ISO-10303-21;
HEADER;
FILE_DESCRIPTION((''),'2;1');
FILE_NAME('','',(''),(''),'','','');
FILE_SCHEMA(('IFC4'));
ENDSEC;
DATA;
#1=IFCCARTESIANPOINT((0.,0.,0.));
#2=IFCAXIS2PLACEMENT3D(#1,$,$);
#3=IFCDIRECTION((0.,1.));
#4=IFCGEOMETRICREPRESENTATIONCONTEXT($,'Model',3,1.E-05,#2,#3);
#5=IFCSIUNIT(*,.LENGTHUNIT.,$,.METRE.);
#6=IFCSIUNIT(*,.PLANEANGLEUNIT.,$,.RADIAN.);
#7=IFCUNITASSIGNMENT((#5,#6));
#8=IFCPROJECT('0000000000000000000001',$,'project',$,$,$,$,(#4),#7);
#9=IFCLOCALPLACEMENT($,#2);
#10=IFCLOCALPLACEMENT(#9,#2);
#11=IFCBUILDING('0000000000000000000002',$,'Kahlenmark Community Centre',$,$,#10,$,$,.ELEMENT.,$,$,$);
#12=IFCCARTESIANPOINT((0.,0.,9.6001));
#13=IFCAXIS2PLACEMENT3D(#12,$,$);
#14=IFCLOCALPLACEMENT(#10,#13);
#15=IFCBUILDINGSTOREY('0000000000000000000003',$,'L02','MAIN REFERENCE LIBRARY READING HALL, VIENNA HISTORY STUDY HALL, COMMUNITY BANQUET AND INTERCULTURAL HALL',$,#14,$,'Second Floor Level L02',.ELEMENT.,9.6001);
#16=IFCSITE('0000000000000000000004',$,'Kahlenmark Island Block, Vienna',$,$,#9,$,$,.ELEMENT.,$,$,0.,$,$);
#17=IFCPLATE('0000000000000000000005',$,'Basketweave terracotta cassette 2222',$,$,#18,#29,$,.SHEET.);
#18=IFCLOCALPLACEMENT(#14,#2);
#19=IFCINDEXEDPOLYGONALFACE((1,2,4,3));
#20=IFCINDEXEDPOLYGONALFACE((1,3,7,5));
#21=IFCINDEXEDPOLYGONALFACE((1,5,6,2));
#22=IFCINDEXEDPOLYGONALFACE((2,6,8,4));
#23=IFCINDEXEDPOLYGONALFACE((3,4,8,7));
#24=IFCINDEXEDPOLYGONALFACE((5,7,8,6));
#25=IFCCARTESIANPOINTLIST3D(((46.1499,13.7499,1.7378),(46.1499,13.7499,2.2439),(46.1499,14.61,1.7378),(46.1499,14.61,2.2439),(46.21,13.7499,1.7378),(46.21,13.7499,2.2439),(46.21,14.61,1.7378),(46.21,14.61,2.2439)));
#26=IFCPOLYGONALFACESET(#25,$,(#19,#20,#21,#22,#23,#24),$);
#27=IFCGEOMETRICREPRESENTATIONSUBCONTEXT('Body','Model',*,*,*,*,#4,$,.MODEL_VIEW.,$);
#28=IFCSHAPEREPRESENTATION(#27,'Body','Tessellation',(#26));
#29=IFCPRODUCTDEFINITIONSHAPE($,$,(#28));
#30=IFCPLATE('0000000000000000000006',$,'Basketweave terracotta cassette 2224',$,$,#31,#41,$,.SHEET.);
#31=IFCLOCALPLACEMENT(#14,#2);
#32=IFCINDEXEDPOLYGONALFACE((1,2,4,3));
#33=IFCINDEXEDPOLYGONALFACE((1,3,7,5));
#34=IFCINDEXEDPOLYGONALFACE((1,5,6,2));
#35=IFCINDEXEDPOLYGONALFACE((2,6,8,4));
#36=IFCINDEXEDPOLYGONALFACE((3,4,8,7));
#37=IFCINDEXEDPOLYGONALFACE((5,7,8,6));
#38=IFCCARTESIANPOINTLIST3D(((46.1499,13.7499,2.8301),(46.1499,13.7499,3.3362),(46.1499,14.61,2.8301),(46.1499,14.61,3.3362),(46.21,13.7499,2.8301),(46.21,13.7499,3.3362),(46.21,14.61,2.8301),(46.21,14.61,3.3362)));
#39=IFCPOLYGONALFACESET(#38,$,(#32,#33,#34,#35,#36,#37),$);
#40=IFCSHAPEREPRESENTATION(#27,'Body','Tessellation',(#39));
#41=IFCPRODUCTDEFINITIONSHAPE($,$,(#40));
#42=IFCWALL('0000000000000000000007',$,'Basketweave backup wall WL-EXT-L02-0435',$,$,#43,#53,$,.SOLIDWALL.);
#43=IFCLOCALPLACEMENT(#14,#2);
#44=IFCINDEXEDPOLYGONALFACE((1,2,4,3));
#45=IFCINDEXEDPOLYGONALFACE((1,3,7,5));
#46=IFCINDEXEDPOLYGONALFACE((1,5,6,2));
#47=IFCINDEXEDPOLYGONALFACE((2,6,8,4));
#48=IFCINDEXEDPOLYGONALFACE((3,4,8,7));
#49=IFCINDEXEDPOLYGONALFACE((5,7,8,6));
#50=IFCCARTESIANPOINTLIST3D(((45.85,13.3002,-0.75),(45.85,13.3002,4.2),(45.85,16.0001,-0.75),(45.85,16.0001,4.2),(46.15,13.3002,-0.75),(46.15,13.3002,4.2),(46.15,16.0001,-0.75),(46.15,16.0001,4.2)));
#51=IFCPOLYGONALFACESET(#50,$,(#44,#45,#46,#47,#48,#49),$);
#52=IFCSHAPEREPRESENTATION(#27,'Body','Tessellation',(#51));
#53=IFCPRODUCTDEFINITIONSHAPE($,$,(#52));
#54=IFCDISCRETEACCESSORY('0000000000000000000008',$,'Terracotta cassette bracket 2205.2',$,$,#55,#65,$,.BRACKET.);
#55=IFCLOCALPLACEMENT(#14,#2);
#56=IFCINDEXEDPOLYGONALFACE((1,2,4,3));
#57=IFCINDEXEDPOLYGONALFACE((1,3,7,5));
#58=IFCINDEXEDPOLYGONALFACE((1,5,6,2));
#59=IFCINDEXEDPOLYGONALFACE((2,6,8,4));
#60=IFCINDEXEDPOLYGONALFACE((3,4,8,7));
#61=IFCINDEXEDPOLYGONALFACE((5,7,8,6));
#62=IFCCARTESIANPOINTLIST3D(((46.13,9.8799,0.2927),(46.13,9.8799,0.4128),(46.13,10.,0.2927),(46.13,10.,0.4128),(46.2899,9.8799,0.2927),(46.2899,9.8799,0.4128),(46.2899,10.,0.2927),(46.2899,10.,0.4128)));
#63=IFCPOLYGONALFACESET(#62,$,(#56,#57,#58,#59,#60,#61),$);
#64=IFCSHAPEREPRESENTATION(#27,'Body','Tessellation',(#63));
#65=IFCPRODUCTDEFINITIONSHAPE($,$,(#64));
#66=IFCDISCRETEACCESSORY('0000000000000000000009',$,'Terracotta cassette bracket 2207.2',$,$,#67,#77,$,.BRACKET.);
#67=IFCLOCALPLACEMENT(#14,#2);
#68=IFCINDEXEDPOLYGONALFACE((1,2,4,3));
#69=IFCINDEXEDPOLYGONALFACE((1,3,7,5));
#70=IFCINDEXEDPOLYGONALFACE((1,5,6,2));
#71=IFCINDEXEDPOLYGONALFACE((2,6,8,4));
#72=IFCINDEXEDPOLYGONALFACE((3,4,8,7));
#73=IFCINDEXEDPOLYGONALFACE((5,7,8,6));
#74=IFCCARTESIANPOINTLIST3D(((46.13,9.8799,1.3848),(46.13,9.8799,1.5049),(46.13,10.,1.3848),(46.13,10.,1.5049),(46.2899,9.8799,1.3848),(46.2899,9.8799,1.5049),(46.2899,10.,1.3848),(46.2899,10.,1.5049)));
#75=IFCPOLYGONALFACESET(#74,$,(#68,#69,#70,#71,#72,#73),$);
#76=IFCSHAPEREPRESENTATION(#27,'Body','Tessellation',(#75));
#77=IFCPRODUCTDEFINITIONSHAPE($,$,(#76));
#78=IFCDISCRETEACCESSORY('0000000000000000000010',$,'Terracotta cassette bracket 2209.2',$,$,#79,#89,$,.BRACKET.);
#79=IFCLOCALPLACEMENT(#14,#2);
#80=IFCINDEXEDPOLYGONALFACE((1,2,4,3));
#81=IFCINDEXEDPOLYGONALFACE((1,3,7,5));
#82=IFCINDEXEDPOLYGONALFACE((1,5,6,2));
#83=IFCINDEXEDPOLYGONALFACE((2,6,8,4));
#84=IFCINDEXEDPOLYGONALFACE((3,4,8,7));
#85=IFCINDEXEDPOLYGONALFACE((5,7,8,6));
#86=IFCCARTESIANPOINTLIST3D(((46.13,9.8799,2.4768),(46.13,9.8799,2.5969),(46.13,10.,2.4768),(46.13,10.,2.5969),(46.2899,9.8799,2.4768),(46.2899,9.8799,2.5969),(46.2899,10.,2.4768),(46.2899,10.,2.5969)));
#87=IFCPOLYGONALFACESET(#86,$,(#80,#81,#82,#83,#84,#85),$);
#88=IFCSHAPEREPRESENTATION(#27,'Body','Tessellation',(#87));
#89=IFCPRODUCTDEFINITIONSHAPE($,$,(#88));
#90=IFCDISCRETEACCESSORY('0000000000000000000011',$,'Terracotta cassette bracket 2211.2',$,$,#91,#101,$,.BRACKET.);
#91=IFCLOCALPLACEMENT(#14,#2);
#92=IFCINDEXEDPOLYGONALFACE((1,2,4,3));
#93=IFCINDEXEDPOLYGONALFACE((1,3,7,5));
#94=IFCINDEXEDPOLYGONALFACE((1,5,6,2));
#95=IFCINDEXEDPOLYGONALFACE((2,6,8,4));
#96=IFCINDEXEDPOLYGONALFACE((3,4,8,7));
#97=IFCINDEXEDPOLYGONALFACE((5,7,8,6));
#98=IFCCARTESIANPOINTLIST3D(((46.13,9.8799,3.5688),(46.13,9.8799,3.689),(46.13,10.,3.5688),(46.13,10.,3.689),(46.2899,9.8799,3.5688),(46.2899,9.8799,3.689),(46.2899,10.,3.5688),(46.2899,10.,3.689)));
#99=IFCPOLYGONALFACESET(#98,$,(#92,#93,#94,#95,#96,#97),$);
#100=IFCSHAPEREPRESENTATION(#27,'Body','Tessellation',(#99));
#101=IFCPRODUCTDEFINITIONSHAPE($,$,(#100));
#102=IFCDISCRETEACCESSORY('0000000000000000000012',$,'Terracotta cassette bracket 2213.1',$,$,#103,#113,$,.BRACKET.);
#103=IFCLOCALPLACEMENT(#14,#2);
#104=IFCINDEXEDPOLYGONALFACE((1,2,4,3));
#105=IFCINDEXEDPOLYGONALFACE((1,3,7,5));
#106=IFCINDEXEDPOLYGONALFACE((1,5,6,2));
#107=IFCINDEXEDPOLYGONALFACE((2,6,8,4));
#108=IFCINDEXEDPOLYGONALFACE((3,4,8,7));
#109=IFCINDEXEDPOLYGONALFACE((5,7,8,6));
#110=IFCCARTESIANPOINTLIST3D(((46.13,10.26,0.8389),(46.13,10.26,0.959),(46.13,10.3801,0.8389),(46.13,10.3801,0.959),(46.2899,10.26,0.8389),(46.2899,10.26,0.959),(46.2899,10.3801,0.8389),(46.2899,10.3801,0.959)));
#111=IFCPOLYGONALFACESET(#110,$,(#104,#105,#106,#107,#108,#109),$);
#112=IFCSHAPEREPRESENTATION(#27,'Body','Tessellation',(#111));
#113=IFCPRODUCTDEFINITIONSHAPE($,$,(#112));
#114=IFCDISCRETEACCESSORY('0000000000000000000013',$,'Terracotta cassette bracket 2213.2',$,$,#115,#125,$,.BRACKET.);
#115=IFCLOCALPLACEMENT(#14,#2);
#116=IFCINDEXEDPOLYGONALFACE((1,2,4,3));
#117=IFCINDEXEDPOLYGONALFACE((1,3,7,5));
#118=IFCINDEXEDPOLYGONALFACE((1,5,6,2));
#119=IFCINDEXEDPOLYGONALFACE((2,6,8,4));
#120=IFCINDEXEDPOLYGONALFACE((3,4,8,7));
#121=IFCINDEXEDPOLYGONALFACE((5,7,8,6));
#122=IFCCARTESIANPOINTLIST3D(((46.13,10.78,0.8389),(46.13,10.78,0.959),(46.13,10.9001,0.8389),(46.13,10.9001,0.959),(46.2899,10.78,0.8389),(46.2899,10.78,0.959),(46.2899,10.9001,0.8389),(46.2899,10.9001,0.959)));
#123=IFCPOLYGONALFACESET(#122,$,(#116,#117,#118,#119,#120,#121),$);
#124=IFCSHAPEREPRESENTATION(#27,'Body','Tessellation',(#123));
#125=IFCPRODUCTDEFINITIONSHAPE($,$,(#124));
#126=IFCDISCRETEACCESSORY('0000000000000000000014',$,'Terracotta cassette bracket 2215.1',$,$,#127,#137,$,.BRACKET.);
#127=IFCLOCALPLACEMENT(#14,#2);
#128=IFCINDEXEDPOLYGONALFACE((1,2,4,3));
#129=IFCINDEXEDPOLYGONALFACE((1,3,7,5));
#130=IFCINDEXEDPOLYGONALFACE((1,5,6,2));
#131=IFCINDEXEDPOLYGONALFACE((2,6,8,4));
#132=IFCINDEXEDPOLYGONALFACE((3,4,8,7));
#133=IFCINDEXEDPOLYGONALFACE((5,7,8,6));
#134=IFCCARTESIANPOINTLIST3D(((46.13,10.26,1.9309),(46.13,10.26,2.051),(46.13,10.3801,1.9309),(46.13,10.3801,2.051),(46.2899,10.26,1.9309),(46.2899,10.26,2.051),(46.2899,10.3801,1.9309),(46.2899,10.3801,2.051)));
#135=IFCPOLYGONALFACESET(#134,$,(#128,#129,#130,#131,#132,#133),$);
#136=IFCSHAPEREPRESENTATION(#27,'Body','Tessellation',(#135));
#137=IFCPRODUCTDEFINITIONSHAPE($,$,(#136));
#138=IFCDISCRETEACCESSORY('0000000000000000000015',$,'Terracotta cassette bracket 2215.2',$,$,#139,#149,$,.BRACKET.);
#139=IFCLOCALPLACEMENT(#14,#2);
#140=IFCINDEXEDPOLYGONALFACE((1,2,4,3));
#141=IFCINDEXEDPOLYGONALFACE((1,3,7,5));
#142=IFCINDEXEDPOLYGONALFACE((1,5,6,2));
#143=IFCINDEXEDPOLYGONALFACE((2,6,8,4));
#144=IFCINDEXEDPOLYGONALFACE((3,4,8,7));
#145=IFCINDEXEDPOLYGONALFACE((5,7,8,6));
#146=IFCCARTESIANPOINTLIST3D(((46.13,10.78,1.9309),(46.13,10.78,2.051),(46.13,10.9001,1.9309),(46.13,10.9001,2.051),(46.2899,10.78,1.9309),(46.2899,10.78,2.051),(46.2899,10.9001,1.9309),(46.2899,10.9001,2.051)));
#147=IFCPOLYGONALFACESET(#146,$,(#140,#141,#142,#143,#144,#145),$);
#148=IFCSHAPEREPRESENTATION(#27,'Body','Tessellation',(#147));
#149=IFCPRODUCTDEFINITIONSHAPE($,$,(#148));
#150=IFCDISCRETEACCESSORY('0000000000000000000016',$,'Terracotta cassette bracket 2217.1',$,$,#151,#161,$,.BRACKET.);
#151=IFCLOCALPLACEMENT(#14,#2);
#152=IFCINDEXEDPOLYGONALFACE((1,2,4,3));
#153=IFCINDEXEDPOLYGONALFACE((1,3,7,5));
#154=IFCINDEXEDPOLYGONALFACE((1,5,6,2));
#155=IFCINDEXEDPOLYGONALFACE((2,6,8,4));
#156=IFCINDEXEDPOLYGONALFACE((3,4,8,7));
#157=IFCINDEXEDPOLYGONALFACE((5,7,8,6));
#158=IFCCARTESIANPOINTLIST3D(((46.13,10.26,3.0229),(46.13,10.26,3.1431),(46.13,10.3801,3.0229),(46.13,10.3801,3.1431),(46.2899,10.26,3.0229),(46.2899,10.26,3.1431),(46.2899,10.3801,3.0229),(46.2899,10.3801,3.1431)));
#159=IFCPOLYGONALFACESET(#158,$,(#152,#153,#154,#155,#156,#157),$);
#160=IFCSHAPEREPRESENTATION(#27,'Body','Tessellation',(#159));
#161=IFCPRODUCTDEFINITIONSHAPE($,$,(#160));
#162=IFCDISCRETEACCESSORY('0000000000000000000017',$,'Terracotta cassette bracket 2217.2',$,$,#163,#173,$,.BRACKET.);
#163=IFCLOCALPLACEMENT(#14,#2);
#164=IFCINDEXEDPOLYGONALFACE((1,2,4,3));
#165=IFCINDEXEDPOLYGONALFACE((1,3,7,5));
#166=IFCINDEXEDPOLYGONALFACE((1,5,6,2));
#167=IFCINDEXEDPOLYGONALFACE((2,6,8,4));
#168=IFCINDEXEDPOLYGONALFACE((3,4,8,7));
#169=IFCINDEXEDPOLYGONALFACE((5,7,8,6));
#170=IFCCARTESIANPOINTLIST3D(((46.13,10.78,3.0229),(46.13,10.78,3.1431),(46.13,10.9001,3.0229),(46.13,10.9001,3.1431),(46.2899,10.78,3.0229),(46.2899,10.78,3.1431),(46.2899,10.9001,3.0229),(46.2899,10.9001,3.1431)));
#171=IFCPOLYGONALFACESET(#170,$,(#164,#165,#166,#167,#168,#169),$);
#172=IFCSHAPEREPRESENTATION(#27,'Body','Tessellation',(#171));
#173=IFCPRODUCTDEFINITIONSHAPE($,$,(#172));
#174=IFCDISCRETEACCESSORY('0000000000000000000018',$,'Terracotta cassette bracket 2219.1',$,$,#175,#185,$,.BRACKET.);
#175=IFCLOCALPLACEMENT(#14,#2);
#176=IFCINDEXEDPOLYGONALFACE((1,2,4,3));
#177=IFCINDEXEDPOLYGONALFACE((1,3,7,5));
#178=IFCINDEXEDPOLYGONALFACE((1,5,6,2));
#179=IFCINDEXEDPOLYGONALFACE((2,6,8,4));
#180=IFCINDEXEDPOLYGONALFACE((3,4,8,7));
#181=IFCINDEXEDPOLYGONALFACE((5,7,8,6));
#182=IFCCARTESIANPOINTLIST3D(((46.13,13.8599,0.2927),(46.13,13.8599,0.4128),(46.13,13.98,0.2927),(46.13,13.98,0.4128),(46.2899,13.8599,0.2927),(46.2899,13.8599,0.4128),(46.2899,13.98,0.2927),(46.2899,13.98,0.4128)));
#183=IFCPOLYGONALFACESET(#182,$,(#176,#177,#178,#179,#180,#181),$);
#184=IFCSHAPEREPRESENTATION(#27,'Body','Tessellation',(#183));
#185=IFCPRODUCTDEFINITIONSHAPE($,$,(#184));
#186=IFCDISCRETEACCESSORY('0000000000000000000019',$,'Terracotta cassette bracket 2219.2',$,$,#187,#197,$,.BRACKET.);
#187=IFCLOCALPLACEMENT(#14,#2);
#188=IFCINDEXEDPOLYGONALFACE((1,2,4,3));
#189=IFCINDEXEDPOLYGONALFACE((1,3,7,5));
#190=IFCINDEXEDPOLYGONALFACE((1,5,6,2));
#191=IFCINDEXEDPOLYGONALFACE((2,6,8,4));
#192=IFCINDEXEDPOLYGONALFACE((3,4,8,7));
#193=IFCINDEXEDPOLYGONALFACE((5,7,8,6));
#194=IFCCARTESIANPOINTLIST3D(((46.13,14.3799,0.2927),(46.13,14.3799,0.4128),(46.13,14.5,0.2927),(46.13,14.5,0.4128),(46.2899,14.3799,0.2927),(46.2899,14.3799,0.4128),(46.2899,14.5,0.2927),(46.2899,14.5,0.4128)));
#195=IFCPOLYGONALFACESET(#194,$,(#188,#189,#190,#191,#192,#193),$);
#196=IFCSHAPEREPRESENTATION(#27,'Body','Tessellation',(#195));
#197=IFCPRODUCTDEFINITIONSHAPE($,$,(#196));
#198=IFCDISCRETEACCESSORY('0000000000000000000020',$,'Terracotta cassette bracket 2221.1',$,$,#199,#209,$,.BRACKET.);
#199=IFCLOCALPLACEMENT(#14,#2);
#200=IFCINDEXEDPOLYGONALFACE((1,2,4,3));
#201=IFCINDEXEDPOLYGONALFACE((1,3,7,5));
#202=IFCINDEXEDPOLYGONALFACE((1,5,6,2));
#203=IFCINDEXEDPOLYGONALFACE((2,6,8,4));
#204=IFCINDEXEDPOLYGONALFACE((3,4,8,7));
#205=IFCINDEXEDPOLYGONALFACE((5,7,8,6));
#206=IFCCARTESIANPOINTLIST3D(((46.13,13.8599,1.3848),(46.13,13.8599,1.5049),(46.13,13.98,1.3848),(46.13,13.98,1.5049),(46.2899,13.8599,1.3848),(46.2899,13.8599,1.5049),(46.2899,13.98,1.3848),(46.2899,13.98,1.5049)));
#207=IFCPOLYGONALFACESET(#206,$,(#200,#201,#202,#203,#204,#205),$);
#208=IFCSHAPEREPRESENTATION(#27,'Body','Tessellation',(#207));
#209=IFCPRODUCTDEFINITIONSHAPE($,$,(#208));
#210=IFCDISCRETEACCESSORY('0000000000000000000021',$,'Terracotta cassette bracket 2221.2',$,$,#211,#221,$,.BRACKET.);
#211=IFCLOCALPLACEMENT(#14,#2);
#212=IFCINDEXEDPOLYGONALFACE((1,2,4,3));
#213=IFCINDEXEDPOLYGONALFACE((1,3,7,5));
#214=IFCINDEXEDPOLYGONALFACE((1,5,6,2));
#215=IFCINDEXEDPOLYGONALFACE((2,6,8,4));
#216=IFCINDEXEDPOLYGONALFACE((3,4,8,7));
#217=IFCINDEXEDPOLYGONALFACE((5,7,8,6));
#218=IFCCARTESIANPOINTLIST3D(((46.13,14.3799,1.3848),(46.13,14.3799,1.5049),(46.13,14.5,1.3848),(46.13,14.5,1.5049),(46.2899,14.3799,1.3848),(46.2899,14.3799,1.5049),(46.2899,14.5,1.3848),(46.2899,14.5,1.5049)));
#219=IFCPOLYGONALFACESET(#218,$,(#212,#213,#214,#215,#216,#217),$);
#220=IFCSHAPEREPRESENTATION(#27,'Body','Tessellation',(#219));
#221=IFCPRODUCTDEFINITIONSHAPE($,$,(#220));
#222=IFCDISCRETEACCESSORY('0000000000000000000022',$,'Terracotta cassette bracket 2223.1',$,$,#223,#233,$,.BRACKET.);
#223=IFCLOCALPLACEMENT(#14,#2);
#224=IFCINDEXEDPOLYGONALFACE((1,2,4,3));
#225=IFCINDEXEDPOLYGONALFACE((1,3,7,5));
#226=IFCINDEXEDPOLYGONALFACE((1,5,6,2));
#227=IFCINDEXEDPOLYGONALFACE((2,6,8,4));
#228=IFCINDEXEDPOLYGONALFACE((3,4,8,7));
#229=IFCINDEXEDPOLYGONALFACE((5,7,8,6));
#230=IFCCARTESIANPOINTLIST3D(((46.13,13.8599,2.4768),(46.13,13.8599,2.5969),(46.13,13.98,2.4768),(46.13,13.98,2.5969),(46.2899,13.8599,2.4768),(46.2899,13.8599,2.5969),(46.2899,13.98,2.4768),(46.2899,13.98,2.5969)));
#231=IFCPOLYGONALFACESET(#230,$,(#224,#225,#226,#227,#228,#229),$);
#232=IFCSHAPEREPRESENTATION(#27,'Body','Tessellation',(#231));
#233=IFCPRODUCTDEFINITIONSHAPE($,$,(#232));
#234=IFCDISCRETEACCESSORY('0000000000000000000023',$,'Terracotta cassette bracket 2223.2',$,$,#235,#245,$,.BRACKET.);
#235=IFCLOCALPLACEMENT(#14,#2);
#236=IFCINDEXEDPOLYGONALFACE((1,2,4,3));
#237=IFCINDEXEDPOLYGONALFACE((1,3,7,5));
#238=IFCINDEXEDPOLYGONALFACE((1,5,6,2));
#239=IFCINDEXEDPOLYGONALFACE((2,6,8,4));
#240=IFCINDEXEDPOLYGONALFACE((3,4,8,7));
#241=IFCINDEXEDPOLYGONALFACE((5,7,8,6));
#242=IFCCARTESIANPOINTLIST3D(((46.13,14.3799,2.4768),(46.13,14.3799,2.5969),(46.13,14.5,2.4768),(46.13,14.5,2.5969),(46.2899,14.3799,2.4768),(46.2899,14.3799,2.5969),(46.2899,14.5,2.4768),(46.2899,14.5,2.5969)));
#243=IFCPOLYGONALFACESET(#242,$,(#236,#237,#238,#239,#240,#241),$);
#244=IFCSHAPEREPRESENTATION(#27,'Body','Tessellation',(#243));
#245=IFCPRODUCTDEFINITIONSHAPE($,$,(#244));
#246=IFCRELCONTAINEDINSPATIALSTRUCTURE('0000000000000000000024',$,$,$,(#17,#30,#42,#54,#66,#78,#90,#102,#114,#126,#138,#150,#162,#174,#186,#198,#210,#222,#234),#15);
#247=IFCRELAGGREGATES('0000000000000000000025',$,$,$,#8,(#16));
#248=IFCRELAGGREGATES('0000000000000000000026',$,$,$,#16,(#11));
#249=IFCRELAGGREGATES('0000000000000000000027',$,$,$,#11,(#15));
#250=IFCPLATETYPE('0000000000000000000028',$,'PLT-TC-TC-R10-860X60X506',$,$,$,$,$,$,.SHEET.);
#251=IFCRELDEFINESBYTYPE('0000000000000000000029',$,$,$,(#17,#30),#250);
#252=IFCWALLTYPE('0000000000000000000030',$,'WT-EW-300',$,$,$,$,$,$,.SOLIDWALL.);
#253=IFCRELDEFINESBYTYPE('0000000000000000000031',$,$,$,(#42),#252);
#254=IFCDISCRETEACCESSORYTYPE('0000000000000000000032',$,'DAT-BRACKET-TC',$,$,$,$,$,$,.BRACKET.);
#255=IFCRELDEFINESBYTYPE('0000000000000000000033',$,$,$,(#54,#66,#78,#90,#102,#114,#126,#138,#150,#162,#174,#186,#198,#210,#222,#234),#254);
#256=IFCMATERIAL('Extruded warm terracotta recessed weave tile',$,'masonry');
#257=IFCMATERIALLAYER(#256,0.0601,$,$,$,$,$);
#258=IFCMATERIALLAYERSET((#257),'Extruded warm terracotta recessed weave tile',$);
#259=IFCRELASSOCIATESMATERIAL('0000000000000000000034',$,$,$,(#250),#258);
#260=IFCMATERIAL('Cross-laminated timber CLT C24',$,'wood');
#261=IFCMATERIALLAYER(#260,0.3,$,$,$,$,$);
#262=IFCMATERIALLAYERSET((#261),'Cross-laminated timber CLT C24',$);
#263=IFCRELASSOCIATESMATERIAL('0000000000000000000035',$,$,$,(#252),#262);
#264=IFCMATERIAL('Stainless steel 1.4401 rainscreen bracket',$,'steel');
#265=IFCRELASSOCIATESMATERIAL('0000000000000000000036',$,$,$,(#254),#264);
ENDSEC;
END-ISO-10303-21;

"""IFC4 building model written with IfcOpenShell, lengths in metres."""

from ifc_helpers import new_model, si_unit, direction, frame, frame_2d, origin, origin_2d, place, context, subcontext, project, spatial, rectangle, extrude, material, layer, layer_set, type_object, element, save


model = new_model("IFC4")

# Units and contexts
model_context = context("Model", 3, precision=1e-05, world=origin(), true_north=direction((0.0, 1.0)))
body_context = subcontext(model_context, "Body", "Model", "MODEL_VIEW")
ifc_project = project(units=[si_unit("LENGTHUNIT", "METRE"), si_unit("PLANEANGLEUNIT", "RADIAN")], contexts=[model_context])

# Site, building, storey
site_placement = place(None, origin())
site = spatial("IfcSite", under=ifc_project, at=site_placement, Name="Kahlenmark Island Block, Vienna", CompositionType="ELEMENT", RefElevation=0.0)
building_placement = place(site_placement, origin())
building = spatial("IfcBuilding", under=site, at=building_placement, Name="Kahlenmark Community Centre", CompositionType="ELEMENT")
storey_placement = place(building_placement, frame((0.0, 0.0, 9.6001)))
storey = spatial("IfcBuildingStorey", under=building, at=storey_placement, Name="L02", Description="MAIN REFERENCE LIBRARY READING HALL, VIENNA HISTORY STUDY HALL, COMMUNITY BANQUET AND INTERCULTURAL HALL", LongName="Second Floor Level L02", CompositionType="ELEMENT", Elevation=9.6001)

# Plates
ifc_material_1 = material(Name="Extruded warm terracotta recessed weave tile", Category="masonry")
ifc_layer_1 = layer(ifc_material_1, 0.0601)
ifc_layer_set_1 = layer_set([ifc_layer_1], Name="Extruded warm terracotta recessed weave tile")
plate_type_1 = type_object("IfcPlateType", Name="PLT-TC-TC-R10-860X60X506", PredefinedType="SHEET", material=ifc_layer_set_1)
for number, where, z_axis, x_axis, name in (
    (1, (46.1799, 14.1799, 1.7378), (0.0, 0.0, 1.0), (0.0, 1.0, 0.0), "Basketweave terracotta cassette 2222"),
    (2, (46.1799, 14.1799, 2.8301), (0.0, 0.0, 1.0), (0.0, 1.0, 0.0), "Basketweave terracotta cassette 2224"),
):
    element("IfcPlate", number, at=place(storey_placement, frame(where, z_axis=z_axis, x_axis=x_axis)), inside=storey, type_object=plate_type_1, Name=name, PredefinedType="SHEET", context=body_context, shape_type="SweptSolid", body=[
        extrude(rectangle(XDim=0.8601, YDim=0.0601, at=origin_2d()), origin(), (0.0, 0.0, 1.0), 0.5061),
    ])

# Wall
ifc_material_2 = material(Name="Cross-laminated timber CLT C24", Category="wood")
ifc_layer_2 = layer(ifc_material_2, 0.3)
ifc_layer_set_2 = layer_set([ifc_layer_2], Name="Cross-laminated timber CLT C24")
wall_type = type_object("IfcWallType", Name="WT-EW-300", PredefinedType="SOLIDWALL", material=ifc_layer_set_2)
wall_placement = place(storey_placement, frame((46.0, 13.3, -0.75), z_axis=(0.0, 0.0, 1.0), x_axis=(0.0, 1.0, 0.0)))
element("IfcWall", 3, at=wall_placement, inside=storey, type_object=wall_type, Name="Basketweave backup wall WL-EXT-L02-0435", PredefinedType="SOLIDWALL", context=body_context, shape_type="SweptSolid", body=[
    extrude(rectangle(XDim=2.7, YDim=0.3, at=frame_2d((1.3501, 0.0))), origin(), (0.0, 0.0, 1.0), 4.95),
])

# Discrete accessories
ifc_material_3 = material(Name="Stainless steel 1.4401 rainscreen bracket", Category="steel")
discrete_accessory_type = type_object("IfcDiscreteAccessoryType", Name="DAT-BRACKET-TC", PredefinedType="BRACKET", material=ifc_material_3)
for number, where, z_axis, x_axis, name in (
    (4, (46.21, 9.9399, 0.2927), (0.0, 0.0, 1.0), (0.0, 1.0, 0.0), "Terracotta cassette bracket 2205.2"),
    (5, (46.21, 9.9399, 1.3848), (0.0, 0.0, 1.0), (0.0, 1.0, 0.0), "Terracotta cassette bracket 2207.2"),
    (6, (46.21, 9.9399, 2.4768), (0.0, 0.0, 1.0), (0.0, 1.0, 0.0), "Terracotta cassette bracket 2209.2"),
    (7, (46.21, 9.9399, 3.5688), (0.0, 0.0, 1.0), (0.0, 1.0, 0.0), "Terracotta cassette bracket 2211.2"),
    (8, (46.21, 10.3201, 0.8389), (0.0, 0.0, 1.0), (0.0, 1.0, 0.0), "Terracotta cassette bracket 2213.1"),
    (9, (46.21, 10.8401, 0.8389), (0.0, 0.0, 1.0), (0.0, 1.0, 0.0), "Terracotta cassette bracket 2213.2"),
    (10, (46.21, 10.3201, 1.9309), (0.0, 0.0, 1.0), (0.0, 1.0, 0.0), "Terracotta cassette bracket 2215.1"),
    (11, (46.21, 10.8401, 1.9309), (0.0, 0.0, 1.0), (0.0, 1.0, 0.0), "Terracotta cassette bracket 2215.2"),
    (12, (46.21, 10.3201, 3.0229), (0.0, 0.0, 1.0), (0.0, 1.0, 0.0), "Terracotta cassette bracket 2217.1"),
    (13, (46.21, 10.8401, 3.0229), (0.0, 0.0, 1.0), (0.0, 1.0, 0.0), "Terracotta cassette bracket 2217.2"),
    (14, (46.21, 13.9199, 0.2927), (0.0, 0.0, 1.0), (0.0, 1.0, 0.0), "Terracotta cassette bracket 2219.1"),
    (15, (46.21, 14.4399, 0.2927), (0.0, 0.0, 1.0), (0.0, 1.0, 0.0), "Terracotta cassette bracket 2219.2"),
    (16, (46.21, 13.9199, 1.3848), (0.0, 0.0, 1.0), (0.0, 1.0, 0.0), "Terracotta cassette bracket 2221.1"),
    (17, (46.21, 14.4399, 1.3848), (0.0, 0.0, 1.0), (0.0, 1.0, 0.0), "Terracotta cassette bracket 2221.2"),
    (18, (46.21, 13.9199, 2.4768), (0.0, 0.0, 1.0), (0.0, 1.0, 0.0), "Terracotta cassette bracket 2223.1"),
    (19, (46.21, 14.4399, 2.4768), (0.0, 0.0, 1.0), (0.0, 1.0, 0.0), "Terracotta cassette bracket 2223.2"),
):
    element("IfcDiscreteAccessory", number, at=place(storey_placement, frame(where, z_axis=z_axis, x_axis=x_axis)), inside=storey, type_object=discrete_accessory_type, Name=name, PredefinedType="BRACKET", context=body_context, shape_type="SweptSolid", body=[
        extrude(rectangle(XDim=0.1201, YDim=0.1599, at=origin_2d()), origin(), (0.0, 0.0, 1.0), 0.1201),
    ])

save(model, "model.ifc")
